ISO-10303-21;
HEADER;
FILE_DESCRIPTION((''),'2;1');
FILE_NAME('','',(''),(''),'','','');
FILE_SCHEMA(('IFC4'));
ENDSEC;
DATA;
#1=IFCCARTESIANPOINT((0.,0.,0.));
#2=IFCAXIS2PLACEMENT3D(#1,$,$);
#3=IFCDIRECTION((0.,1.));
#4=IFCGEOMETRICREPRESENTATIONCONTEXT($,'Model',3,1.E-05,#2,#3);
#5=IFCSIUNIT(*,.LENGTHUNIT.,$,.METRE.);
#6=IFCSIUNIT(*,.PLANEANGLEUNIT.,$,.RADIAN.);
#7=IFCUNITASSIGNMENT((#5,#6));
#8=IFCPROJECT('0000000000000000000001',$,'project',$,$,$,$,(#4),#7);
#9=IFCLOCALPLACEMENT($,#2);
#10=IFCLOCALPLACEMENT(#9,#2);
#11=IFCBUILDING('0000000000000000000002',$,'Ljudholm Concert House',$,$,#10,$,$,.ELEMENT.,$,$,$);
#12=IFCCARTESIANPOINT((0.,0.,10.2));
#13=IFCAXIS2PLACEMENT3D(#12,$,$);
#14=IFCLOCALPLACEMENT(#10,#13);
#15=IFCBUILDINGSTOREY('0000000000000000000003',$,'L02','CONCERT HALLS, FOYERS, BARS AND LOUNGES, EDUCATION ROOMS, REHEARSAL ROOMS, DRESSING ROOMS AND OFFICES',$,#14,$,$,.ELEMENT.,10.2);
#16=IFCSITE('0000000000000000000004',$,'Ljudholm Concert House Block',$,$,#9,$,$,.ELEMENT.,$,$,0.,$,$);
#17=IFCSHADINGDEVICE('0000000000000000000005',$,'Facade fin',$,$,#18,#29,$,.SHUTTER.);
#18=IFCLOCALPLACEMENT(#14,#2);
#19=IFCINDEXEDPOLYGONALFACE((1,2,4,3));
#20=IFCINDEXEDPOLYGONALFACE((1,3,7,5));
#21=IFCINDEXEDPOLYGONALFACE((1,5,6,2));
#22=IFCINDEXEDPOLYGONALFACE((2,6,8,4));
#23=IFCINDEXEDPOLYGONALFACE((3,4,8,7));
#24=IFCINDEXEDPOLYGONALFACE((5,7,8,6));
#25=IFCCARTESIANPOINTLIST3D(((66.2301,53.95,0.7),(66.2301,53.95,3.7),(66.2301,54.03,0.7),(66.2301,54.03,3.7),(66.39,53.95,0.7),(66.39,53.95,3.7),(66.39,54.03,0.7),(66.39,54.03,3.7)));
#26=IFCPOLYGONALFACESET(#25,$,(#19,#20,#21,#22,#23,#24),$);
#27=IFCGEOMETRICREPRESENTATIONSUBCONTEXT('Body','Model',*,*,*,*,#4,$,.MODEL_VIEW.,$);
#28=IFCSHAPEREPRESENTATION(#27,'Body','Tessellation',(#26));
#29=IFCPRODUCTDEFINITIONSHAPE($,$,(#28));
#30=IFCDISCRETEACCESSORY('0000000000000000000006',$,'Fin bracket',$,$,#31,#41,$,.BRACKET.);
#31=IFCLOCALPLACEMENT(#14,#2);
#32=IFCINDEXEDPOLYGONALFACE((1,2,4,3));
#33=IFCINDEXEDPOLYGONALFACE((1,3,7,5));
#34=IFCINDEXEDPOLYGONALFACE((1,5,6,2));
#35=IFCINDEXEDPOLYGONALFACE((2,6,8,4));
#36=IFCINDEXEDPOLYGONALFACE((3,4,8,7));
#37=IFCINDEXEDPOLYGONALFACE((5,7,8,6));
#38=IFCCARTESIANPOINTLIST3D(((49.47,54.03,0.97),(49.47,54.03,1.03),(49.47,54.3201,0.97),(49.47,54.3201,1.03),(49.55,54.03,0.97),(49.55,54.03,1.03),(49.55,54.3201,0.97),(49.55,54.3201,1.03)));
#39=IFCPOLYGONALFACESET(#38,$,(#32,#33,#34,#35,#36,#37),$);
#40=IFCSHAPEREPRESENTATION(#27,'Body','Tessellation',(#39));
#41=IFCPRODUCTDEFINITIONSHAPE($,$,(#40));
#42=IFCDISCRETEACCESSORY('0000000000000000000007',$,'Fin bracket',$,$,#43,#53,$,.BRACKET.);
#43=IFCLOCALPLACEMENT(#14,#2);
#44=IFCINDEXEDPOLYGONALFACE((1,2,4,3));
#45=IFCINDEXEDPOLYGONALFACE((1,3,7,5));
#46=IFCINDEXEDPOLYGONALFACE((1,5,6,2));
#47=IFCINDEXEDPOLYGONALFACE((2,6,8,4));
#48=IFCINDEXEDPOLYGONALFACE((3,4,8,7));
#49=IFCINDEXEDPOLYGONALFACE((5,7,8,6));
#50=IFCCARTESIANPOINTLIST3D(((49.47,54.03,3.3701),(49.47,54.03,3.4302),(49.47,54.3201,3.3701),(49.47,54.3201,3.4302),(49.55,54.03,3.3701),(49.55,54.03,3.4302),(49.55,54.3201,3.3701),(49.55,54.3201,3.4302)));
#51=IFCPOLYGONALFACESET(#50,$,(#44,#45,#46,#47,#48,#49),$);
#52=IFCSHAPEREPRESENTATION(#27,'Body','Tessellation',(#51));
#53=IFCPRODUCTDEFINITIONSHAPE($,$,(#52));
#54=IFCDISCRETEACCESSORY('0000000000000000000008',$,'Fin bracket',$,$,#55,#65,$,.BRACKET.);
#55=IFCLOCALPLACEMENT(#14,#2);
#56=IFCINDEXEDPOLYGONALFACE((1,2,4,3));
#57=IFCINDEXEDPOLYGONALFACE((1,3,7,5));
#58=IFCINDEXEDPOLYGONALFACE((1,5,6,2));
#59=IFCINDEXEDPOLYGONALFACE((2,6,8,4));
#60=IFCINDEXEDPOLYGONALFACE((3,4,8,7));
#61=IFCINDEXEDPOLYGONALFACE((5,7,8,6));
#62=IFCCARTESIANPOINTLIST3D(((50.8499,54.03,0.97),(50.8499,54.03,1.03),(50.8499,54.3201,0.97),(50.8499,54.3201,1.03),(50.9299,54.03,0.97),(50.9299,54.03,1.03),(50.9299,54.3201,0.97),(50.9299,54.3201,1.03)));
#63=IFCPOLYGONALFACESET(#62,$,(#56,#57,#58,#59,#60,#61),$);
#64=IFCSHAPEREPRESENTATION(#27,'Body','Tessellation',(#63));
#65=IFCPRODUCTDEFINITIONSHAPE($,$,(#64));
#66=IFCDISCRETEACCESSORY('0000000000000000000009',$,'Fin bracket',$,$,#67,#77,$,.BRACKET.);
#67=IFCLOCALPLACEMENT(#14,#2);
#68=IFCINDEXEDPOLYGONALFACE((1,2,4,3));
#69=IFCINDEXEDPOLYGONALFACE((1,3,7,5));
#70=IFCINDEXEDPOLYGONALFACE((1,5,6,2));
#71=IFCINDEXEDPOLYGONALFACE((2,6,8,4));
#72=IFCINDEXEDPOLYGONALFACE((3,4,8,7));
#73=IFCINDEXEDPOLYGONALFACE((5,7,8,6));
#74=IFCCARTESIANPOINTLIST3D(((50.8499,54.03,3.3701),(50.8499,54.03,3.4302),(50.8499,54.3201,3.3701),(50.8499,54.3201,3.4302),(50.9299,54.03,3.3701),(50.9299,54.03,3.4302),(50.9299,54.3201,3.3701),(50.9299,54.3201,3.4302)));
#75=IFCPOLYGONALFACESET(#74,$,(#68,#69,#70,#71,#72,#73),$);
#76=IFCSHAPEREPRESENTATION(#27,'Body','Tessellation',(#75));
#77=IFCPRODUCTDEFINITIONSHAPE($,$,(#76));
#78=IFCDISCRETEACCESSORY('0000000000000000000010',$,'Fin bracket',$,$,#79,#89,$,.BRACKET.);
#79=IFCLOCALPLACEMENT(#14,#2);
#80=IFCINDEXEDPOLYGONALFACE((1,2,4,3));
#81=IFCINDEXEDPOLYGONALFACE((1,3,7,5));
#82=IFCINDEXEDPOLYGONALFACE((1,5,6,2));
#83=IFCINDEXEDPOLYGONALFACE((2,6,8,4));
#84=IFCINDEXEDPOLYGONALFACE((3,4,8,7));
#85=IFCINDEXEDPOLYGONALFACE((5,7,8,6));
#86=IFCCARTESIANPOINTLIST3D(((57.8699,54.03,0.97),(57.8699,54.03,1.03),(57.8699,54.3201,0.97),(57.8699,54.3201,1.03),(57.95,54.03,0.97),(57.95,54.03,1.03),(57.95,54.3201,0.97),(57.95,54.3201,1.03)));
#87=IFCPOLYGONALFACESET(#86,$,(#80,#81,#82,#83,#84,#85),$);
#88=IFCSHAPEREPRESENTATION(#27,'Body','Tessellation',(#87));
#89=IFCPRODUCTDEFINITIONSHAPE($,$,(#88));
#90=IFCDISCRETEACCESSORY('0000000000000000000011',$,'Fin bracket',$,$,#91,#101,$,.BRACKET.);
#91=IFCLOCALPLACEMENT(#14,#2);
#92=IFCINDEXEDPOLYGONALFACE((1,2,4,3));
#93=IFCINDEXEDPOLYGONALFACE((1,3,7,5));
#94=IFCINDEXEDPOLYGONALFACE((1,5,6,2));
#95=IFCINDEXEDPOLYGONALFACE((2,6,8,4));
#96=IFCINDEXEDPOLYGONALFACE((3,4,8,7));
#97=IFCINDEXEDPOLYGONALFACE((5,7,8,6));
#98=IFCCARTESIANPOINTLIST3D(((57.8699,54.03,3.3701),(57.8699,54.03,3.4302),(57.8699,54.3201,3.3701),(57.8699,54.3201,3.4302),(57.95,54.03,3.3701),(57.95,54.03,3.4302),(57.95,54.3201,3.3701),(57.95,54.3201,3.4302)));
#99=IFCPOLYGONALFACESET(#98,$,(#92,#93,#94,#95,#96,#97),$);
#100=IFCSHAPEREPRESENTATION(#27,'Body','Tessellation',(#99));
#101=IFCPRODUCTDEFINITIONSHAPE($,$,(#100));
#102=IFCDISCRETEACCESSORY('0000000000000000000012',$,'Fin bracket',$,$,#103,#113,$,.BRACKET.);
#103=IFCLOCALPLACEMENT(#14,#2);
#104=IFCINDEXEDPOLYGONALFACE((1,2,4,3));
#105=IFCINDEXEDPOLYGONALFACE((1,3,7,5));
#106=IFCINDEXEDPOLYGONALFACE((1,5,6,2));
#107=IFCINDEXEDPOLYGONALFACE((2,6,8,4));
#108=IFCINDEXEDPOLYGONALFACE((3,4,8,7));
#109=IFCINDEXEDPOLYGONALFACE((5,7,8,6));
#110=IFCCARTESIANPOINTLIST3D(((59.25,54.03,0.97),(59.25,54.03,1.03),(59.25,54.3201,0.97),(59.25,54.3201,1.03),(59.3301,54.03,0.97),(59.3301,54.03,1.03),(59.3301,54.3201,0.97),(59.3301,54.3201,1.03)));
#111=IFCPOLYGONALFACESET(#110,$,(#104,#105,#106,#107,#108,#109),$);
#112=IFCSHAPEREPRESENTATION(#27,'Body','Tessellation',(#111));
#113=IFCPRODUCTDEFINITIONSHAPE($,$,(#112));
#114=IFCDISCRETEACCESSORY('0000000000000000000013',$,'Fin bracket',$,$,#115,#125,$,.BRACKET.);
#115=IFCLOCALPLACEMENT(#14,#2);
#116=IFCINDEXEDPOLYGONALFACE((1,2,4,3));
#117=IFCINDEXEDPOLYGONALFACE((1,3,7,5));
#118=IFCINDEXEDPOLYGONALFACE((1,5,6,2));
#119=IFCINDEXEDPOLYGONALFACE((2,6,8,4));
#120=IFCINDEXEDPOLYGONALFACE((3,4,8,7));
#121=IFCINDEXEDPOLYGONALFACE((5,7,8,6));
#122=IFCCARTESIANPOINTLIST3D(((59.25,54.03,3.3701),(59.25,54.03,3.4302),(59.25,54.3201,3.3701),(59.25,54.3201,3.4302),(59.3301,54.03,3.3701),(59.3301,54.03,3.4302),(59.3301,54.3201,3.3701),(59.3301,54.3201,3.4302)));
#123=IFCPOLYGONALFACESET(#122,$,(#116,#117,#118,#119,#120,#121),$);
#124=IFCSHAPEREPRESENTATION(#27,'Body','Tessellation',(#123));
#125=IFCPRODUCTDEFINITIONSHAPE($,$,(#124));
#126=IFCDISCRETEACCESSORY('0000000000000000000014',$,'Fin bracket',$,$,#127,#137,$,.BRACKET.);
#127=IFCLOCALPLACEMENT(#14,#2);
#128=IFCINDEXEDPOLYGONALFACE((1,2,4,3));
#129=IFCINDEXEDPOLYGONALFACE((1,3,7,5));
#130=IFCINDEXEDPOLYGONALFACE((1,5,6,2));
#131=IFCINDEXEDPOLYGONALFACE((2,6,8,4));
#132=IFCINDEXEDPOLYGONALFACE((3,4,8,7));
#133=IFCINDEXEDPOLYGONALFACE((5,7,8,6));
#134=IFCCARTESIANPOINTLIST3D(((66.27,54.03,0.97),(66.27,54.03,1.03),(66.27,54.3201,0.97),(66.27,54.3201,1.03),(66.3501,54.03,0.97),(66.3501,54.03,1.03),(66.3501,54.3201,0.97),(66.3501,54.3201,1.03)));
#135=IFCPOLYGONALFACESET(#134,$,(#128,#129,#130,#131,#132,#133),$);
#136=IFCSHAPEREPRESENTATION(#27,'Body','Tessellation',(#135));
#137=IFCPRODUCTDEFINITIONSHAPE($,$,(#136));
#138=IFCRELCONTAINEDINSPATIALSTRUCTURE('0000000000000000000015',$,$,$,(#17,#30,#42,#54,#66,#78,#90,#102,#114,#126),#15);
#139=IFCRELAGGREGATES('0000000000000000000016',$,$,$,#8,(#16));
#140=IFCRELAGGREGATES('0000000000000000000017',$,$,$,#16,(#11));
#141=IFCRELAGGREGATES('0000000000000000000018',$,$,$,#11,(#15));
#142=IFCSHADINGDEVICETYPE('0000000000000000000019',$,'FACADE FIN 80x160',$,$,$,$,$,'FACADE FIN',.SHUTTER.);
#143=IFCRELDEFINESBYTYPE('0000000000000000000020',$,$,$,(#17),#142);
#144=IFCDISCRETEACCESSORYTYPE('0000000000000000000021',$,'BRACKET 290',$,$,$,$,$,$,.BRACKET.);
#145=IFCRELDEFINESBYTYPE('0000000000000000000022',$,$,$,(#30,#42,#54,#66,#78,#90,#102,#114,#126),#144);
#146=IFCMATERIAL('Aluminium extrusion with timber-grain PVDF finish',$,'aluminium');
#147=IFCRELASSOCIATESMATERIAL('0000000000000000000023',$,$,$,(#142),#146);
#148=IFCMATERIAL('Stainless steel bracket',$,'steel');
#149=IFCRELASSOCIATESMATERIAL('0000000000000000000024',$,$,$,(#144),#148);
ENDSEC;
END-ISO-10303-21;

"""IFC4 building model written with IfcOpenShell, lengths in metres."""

from ifc_helpers import new_model, si_unit, direction, frame, origin, origin_2d, place, context, subcontext, project, spatial, rectangle, extrude, material, type_object, element, save


model = new_model("IFC4")

# Units and contexts
model_context = context("Model", 3, precision=1e-05, world=origin(), true_north=direction((0.0, 1.0)))
body_context = subcontext(model_context, "Body", "Model", "MODEL_VIEW")
ifc_project = project(units=[si_unit("LENGTHUNIT", "METRE"), si_unit("PLANEANGLEUNIT", "RADIAN")], contexts=[model_context])

# Site, building, storey
site_placement = place(None, origin())
site = spatial("IfcSite", under=ifc_project, at=site_placement, Name="Ljudholm Concert House Block", CompositionType="ELEMENT", RefElevation=0.0)
building_placement = place(site_placement, origin())
building = spatial("IfcBuilding", under=site, at=building_placement, Name="Ljudholm Concert House", CompositionType="ELEMENT")
storey_placement = place(building_placement, frame((0.0, 0.0, 10.2)))
storey = spatial("IfcBuildingStorey", under=building, at=storey_placement, Name="L02", Description="CONCERT HALLS, FOYERS, BARS AND LOUNGES, EDUCATION ROOMS, REHEARSAL ROOMS, DRESSING ROOMS AND OFFICES", CompositionType="ELEMENT", Elevation=10.2)

# Shading device
ifc_material_1 = material(Name="Aluminium extrusion with timber-grain PVDF finish", Category="aluminium")
shading_device_type = type_object("IfcShadingDeviceType", Name="FACADE FIN 80x160", ElementType="FACADE FIN", PredefinedType="SHUTTER", material=ifc_material_1)
for number, where, z_axis, x_axis, name in (
    (1, (66.3101, 53.99, 0.7), (0.0, 0.0, 1.0), (0.0, -1.0, 0.0), "Facade fin"),
):
    element("IfcShadingDevice", number, at=place(storey_placement, frame(where, z_axis=z_axis, x_axis=x_axis)), inside=storey, type_object=shading_device_type, Name=name, PredefinedType="SHUTTER", context=body_context, shape_type="SweptSolid", body=[
        extrude(rectangle(XDim=0.0801, YDim=0.1599, at=origin_2d()), origin(), (0.0, 0.0, 1.0), 3.0),
    ])

# Discrete accessories
ifc_material_2 = material(Name="Stainless steel bracket", Category="steel")
discrete_accessory_type = type_object("IfcDiscreteAccessoryType", Name="BRACKET 290", PredefinedType="BRACKET", material=ifc_material_2)
for number, where, z_axis, x_axis, name in (
    (2, (49.51, 54.175, 0.97), (0.0, 0.0, 1.0), (0.0, -1.0, 0.0), "Fin bracket"),
    (3, (49.51, 54.175, 3.3701), (0.0, 0.0, 1.0), (0.0, -1.0, 0.0), "Fin bracket"),
    (4, (50.8899, 54.175, 0.97), (0.0, 0.0, 1.0), (0.0, -1.0, 0.0), "Fin bracket"),
    (5, (50.8899, 54.175, 3.3701), (0.0, 0.0, 1.0), (0.0, -1.0, 0.0), "Fin bracket"),
    (6, (57.9099, 54.175, 0.97), (0.0, 0.0, 1.0), (0.0, -1.0, 0.0), "Fin bracket"),
    (7, (57.9099, 54.175, 3.3701), (0.0, 0.0, 1.0), (0.0, -1.0, 0.0), "Fin bracket"),
    (8, (59.29, 54.175, 0.97), (0.0, 0.0, 1.0), (0.0, -1.0, 0.0), "Fin bracket"),
    (9, (59.29, 54.175, 3.3701), (0.0, 0.0, 1.0), (0.0, -1.0, 0.0), "Fin bracket"),
    (10, (66.3101, 54.175, 0.97), (0.0, 0.0, 1.0), (0.0, -1.0, 0.0), "Fin bracket"),
):
    element("IfcDiscreteAccessory", number, at=place(storey_placement, frame(where, z_axis=z_axis, x_axis=x_axis)), inside=storey, type_object=discrete_accessory_type, Name=name, PredefinedType="BRACKET", context=body_context, shape_type="SweptSolid", body=[
        extrude(rectangle(XDim=0.29, YDim=0.0801, at=origin_2d()), origin(), (0.0, 0.0, 1.0), 0.0601),
    ])

save(model, "model.ifc")
